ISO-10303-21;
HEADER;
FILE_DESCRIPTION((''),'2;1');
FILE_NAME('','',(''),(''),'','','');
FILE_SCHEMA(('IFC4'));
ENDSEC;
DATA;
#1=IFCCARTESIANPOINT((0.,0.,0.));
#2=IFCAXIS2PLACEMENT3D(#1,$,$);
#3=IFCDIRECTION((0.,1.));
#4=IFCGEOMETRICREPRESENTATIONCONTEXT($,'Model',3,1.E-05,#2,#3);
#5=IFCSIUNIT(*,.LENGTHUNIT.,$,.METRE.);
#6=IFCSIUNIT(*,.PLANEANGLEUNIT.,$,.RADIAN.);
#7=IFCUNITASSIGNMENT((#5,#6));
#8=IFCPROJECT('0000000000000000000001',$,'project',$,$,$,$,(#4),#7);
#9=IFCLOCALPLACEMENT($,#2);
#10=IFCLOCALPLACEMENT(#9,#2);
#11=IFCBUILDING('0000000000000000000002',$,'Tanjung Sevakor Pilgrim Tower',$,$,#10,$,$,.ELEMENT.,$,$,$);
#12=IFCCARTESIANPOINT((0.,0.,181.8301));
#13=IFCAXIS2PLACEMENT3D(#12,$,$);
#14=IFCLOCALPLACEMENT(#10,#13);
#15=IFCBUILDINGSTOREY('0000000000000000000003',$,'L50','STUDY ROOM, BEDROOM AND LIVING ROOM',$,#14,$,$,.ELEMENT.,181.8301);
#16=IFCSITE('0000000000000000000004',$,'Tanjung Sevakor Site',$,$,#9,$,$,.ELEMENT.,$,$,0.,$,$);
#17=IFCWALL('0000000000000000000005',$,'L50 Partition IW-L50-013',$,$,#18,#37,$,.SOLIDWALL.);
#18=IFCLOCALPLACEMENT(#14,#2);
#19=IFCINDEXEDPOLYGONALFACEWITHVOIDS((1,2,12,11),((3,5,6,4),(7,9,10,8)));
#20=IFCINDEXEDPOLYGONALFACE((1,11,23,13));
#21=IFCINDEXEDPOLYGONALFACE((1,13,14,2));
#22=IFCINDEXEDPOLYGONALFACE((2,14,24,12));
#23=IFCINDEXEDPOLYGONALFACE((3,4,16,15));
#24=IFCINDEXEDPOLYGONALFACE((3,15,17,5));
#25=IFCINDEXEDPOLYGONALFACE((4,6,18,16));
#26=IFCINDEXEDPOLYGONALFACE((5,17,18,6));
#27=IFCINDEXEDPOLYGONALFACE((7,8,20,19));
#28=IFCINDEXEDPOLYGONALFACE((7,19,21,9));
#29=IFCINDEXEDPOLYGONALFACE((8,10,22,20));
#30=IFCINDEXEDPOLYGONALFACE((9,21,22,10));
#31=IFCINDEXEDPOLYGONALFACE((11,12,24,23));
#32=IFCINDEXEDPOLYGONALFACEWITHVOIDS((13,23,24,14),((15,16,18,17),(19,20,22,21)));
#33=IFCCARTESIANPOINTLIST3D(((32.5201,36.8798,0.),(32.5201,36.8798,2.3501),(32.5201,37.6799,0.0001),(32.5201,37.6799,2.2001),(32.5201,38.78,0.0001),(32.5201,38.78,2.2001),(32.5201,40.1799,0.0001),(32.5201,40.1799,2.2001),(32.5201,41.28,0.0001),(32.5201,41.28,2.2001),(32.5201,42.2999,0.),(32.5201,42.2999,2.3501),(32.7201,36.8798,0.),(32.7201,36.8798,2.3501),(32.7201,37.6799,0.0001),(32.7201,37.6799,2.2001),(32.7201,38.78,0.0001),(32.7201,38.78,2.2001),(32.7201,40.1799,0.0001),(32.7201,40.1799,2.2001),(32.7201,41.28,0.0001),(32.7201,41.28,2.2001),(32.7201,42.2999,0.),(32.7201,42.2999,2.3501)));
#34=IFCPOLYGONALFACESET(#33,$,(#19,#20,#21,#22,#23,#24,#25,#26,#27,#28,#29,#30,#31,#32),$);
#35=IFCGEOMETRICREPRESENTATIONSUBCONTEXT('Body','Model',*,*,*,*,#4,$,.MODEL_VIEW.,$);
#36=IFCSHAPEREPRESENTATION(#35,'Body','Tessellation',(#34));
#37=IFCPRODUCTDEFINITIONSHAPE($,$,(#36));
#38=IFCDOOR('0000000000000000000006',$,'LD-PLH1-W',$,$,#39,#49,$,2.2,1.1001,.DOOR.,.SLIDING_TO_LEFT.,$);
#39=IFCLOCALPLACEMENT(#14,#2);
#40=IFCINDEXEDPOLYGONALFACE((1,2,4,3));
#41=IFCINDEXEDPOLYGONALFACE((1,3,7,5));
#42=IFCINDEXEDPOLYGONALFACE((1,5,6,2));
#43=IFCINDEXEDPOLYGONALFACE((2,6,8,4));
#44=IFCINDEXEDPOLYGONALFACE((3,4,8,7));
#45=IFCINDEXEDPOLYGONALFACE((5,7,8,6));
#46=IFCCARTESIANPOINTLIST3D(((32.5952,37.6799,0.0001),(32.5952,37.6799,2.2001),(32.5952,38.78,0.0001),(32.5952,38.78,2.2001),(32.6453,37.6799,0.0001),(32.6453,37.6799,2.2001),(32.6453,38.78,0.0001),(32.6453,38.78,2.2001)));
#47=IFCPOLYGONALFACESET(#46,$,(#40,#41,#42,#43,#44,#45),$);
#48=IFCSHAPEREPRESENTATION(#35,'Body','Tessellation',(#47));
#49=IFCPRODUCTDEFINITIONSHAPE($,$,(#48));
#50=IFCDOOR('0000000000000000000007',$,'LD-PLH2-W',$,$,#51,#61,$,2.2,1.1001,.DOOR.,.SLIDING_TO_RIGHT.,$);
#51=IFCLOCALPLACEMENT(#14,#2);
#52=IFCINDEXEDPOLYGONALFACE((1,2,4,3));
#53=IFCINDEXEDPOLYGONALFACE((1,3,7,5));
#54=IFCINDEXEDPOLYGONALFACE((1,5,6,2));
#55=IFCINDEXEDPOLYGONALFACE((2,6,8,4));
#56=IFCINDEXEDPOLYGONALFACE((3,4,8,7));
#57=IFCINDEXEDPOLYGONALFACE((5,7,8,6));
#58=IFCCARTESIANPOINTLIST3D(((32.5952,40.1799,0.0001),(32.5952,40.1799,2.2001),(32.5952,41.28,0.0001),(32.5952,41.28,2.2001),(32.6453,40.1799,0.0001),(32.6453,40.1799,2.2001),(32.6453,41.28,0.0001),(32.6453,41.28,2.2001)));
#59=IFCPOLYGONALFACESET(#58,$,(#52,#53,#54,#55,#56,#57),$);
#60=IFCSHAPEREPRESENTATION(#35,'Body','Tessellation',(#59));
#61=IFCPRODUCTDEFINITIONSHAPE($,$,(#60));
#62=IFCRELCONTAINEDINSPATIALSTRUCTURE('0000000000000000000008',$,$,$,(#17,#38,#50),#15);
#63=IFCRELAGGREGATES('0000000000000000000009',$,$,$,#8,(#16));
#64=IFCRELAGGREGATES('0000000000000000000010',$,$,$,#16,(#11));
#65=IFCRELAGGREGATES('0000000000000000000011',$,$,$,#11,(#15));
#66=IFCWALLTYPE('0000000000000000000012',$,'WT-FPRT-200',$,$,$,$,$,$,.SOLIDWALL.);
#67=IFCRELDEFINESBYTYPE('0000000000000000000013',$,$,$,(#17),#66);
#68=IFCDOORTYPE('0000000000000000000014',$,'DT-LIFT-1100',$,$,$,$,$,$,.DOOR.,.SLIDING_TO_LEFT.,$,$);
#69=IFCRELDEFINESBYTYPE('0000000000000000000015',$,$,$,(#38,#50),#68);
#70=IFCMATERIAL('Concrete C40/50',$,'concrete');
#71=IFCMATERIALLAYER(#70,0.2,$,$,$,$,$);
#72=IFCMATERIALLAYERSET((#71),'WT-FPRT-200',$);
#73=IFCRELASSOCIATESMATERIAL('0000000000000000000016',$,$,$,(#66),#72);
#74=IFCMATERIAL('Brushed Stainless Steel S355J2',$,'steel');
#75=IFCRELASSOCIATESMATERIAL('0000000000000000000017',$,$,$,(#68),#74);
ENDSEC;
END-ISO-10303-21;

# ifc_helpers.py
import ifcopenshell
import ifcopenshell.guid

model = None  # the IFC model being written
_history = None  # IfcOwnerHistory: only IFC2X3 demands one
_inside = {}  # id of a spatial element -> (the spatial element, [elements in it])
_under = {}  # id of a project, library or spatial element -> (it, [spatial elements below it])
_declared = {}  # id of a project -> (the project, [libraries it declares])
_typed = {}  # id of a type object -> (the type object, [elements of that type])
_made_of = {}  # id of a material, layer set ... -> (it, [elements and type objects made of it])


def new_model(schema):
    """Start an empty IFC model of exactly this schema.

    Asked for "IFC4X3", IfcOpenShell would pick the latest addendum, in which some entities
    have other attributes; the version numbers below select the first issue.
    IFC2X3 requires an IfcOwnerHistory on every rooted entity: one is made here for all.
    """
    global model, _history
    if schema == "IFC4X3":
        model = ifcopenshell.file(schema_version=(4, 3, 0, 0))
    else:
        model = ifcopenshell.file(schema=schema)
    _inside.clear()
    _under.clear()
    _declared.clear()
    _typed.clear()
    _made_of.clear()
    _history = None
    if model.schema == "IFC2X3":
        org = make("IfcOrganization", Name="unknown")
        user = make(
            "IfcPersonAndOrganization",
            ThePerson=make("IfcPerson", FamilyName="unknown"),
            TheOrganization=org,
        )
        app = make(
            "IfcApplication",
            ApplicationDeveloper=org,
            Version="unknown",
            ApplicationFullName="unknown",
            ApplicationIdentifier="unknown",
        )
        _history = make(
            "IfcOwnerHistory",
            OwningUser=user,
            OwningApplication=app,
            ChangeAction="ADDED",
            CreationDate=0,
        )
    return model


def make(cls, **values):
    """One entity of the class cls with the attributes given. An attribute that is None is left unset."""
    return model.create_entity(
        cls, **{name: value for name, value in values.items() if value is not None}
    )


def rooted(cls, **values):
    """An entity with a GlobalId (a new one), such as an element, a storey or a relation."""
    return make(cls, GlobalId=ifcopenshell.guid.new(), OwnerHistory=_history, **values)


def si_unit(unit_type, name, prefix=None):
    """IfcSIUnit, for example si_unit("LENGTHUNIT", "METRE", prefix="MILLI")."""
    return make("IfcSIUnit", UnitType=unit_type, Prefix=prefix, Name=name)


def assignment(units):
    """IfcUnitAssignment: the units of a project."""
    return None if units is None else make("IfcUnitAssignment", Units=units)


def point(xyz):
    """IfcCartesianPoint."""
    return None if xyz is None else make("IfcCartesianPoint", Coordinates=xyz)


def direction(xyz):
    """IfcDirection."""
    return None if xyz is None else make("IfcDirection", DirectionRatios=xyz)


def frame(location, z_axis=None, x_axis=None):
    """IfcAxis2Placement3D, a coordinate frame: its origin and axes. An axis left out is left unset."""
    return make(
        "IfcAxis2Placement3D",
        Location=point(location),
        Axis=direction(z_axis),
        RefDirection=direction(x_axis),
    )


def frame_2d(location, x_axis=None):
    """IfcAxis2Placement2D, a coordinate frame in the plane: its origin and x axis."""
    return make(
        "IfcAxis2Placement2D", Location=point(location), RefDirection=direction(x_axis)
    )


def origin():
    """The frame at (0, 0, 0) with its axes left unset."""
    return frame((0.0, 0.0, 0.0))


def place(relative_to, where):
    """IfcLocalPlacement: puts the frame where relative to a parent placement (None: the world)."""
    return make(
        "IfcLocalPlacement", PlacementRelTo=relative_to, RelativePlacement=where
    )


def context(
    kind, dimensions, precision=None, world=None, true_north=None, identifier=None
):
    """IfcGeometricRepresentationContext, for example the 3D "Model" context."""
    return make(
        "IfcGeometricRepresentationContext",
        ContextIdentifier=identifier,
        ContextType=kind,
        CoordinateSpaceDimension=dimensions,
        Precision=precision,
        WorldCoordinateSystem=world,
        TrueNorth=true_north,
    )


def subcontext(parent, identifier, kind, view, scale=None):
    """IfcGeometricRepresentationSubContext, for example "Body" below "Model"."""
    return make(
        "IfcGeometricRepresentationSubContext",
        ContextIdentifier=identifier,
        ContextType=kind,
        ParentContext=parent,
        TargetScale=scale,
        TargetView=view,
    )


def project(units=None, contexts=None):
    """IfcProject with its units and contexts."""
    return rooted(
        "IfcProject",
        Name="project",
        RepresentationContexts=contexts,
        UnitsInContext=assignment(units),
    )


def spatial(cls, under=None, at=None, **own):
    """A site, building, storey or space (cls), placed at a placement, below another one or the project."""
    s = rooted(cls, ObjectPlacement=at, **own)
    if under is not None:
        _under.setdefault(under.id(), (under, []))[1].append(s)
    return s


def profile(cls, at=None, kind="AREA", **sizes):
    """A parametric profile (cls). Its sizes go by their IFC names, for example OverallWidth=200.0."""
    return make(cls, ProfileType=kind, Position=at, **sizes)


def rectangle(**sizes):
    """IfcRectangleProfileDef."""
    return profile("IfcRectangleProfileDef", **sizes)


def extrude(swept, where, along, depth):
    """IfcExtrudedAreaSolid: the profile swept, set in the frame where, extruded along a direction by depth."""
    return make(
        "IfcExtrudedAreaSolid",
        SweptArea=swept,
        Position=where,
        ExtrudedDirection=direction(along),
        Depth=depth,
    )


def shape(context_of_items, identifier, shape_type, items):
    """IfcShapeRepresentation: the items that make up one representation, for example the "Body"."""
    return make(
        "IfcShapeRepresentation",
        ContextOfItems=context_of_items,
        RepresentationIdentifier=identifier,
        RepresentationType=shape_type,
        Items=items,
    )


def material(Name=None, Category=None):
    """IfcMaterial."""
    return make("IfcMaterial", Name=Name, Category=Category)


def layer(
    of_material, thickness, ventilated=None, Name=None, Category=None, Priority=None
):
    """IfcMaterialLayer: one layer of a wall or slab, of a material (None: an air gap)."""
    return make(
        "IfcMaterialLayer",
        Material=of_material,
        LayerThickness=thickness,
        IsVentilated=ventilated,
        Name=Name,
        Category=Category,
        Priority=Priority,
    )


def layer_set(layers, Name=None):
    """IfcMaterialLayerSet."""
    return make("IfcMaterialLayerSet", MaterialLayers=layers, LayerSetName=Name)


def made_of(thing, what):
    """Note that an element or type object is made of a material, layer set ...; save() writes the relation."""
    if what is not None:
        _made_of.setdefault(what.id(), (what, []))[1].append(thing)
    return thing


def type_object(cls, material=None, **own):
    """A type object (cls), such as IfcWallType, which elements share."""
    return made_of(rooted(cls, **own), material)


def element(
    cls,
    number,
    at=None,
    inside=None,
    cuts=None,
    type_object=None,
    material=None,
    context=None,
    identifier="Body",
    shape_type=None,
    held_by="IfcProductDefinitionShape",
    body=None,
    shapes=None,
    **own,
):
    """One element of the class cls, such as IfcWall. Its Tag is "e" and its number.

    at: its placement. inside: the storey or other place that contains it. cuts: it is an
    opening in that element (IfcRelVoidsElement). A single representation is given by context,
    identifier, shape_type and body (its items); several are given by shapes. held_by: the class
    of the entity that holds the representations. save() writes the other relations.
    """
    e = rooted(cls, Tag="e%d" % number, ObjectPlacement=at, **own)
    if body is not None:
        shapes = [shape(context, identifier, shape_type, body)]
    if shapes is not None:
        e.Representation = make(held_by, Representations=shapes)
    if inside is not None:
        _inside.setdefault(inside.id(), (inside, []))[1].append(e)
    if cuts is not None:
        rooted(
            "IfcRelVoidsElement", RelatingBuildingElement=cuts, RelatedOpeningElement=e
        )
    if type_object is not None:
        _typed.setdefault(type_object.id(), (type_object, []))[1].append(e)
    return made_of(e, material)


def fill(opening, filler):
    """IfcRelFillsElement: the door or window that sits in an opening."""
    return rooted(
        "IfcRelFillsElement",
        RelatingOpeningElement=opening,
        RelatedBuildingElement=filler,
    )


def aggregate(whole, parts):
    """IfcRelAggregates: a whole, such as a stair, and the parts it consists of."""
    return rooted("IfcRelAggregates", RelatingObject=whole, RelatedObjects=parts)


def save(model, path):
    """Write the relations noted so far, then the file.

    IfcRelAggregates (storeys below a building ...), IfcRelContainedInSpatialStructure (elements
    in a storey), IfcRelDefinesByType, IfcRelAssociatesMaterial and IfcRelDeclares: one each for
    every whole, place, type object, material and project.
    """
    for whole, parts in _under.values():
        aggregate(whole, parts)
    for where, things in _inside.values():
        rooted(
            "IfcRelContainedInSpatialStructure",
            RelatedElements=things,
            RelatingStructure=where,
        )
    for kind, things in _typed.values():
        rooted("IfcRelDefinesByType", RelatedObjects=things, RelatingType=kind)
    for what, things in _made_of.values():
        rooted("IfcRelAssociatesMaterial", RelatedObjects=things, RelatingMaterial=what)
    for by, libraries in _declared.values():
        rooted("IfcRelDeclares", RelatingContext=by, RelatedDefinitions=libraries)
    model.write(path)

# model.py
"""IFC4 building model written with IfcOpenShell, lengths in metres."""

from ifc_helpers import new_model, si_unit, direction, frame, frame_2d, origin, place, context, subcontext, project, spatial, rectangle, extrude, material, layer, layer_set, type_object, element, fill, save


model = new_model("IFC4")

# Units and contexts
model_context = context("Model", 3, precision=1e-05, world=origin(), true_north=direction((0.0, 1.0)))
body_context = subcontext(model_context, "Body", "Model", "MODEL_VIEW")
ifc_project = project(units=[si_unit("LENGTHUNIT", "METRE"), si_unit("PLANEANGLEUNIT", "RADIAN")], contexts=[model_context])

# Site, building, storey
site_placement = place(None, origin())
site = spatial("IfcSite", under=ifc_project, at=site_placement, Name="Tanjung Sevakor Site", CompositionType="ELEMENT", RefElevation=0.0)
building_placement = place(site_placement, origin())
building = spatial("IfcBuilding", under=site, at=building_placement, Name="Tanjung Sevakor Pilgrim Tower", CompositionType="ELEMENT")
storey_placement = place(building_placement, frame((0.0, 0.0, 181.8301)))
storey = spatial("IfcBuildingStorey", under=building, at=storey_placement, Name="L50", Description="STUDY ROOM, BEDROOM AND LIVING ROOM", CompositionType="ELEMENT", Elevation=181.8301)

# Shared definitions
ifc_material_1 = material(Name="Concrete C40/50", Category="concrete")
ifc_layer_1 = layer(ifc_material_1, 0.2)
ifc_layer_set_1 = layer_set([ifc_layer_1], Name="WT-FPRT-200")
wall_type_1 = type_object("IfcWallType", Name="WT-FPRT-200", PredefinedType="SOLIDWALL", material=ifc_layer_set_1)

# Wall, openings, doors
wall_1_placement = place(storey_placement, frame((32.6201, 36.8799, 0.0), z_axis=(0.0, 0.0, 1.0), x_axis=(0.0, 1.0, 0.0)))
wall_1 = element("IfcWall", 1, at=wall_1_placement, inside=storey, type_object=wall_type_1, Name="L50 Partition IW-L50-013", PredefinedType="SOLIDWALL", context=body_context, shape_type="SweptSolid", body=[
    extrude(rectangle(XDim=5.4202, YDim=0.2, at=frame_2d((2.71, 0.0))), origin(), (0.0, 0.0, 1.0), 2.3501),
])
opening_1_placement = place(wall_1_placement, frame((0.8, 0.0, 0.0)))
opening_1 = element("IfcOpeningElement", 2, at=opening_1_placement, cuts=wall_1, PredefinedType="OPENING", context=body_context, shape_type="SweptSolid", body=[
    extrude(rectangle(XDim=1.1001, YDim=2.2, at=frame_2d((0.55, 1.1001))), frame((0.0, 0.1099, 0.0), z_axis=(0.0, -1.0, 0.0), x_axis=(1.0, 0.0, 0.0)), (0.0, 0.0, 1.0), 0.22),
])
opening_2_placement = place(wall_1_placement, frame((3.3, 0.0, 0.0)))
opening_2 = element("IfcOpeningElement", 3, at=opening_2_placement, cuts=wall_1, PredefinedType="OPENING", context=body_context, shape_type="SweptSolid", body=[
    extrude(rectangle(XDim=1.1001, YDim=2.2, at=frame_2d((0.55, 1.1001))), frame((0.0, 0.1099, 0.0), z_axis=(0.0, -1.0, 0.0), x_axis=(1.0, 0.0, 0.0)), (0.0, 0.0, 1.0), 0.22),
])
ifc_material_2 = material(Name="Brushed Stainless Steel S355J2", Category="steel")
door_type_1 = type_object("IfcDoorType", Name="DT-LIFT-1100", OperationType="SLIDING_TO_LEFT", PredefinedType="DOOR", material=ifc_material_2)
door_1_placement = place(opening_1_placement, origin())
door_1 = element("IfcDoor", 4, at=door_1_placement, inside=storey, type_object=door_type_1, Name="LD-PLH1-W", OperationType="SLIDING_TO_LEFT", OverallHeight=2.2, OverallWidth=1.1001, PredefinedType="DOOR", context=body_context, shape_type="SweptSolid", body=[
    extrude(rectangle(XDim=1.1001, YDim=2.2, at=frame_2d((0.55, 1.1001))), frame((0.0, 0.0249, 0.0), z_axis=(0.0, -1.0, 0.0), x_axis=(1.0, 0.0, 0.0)), (0.0, 0.0, 1.0), 0.05),
])
fill(opening_1, door_1)
door_2_placement = place(opening_2_placement, origin())
door_2 = element("IfcDoor", 5, at=door_2_placement, inside=storey, type_object=door_type_1, Name="LD-PLH2-W", OperationType="SLIDING_TO_RIGHT", OverallHeight=2.2, OverallWidth=1.1001, PredefinedType="DOOR", context=body_context, shape_type="SweptSolid", body=[
    extrude(rectangle(XDim=1.1001, YDim=2.2, at=frame_2d((0.55, 1.1001))), frame((0.0, 0.0249, 0.0), z_axis=(0.0, -1.0, 0.0), x_axis=(1.0, 0.0, 0.0)), (0.0, 0.0, 1.0), 0.05),
])
fill(opening_2, door_2)

save(model, "model.ifc")
